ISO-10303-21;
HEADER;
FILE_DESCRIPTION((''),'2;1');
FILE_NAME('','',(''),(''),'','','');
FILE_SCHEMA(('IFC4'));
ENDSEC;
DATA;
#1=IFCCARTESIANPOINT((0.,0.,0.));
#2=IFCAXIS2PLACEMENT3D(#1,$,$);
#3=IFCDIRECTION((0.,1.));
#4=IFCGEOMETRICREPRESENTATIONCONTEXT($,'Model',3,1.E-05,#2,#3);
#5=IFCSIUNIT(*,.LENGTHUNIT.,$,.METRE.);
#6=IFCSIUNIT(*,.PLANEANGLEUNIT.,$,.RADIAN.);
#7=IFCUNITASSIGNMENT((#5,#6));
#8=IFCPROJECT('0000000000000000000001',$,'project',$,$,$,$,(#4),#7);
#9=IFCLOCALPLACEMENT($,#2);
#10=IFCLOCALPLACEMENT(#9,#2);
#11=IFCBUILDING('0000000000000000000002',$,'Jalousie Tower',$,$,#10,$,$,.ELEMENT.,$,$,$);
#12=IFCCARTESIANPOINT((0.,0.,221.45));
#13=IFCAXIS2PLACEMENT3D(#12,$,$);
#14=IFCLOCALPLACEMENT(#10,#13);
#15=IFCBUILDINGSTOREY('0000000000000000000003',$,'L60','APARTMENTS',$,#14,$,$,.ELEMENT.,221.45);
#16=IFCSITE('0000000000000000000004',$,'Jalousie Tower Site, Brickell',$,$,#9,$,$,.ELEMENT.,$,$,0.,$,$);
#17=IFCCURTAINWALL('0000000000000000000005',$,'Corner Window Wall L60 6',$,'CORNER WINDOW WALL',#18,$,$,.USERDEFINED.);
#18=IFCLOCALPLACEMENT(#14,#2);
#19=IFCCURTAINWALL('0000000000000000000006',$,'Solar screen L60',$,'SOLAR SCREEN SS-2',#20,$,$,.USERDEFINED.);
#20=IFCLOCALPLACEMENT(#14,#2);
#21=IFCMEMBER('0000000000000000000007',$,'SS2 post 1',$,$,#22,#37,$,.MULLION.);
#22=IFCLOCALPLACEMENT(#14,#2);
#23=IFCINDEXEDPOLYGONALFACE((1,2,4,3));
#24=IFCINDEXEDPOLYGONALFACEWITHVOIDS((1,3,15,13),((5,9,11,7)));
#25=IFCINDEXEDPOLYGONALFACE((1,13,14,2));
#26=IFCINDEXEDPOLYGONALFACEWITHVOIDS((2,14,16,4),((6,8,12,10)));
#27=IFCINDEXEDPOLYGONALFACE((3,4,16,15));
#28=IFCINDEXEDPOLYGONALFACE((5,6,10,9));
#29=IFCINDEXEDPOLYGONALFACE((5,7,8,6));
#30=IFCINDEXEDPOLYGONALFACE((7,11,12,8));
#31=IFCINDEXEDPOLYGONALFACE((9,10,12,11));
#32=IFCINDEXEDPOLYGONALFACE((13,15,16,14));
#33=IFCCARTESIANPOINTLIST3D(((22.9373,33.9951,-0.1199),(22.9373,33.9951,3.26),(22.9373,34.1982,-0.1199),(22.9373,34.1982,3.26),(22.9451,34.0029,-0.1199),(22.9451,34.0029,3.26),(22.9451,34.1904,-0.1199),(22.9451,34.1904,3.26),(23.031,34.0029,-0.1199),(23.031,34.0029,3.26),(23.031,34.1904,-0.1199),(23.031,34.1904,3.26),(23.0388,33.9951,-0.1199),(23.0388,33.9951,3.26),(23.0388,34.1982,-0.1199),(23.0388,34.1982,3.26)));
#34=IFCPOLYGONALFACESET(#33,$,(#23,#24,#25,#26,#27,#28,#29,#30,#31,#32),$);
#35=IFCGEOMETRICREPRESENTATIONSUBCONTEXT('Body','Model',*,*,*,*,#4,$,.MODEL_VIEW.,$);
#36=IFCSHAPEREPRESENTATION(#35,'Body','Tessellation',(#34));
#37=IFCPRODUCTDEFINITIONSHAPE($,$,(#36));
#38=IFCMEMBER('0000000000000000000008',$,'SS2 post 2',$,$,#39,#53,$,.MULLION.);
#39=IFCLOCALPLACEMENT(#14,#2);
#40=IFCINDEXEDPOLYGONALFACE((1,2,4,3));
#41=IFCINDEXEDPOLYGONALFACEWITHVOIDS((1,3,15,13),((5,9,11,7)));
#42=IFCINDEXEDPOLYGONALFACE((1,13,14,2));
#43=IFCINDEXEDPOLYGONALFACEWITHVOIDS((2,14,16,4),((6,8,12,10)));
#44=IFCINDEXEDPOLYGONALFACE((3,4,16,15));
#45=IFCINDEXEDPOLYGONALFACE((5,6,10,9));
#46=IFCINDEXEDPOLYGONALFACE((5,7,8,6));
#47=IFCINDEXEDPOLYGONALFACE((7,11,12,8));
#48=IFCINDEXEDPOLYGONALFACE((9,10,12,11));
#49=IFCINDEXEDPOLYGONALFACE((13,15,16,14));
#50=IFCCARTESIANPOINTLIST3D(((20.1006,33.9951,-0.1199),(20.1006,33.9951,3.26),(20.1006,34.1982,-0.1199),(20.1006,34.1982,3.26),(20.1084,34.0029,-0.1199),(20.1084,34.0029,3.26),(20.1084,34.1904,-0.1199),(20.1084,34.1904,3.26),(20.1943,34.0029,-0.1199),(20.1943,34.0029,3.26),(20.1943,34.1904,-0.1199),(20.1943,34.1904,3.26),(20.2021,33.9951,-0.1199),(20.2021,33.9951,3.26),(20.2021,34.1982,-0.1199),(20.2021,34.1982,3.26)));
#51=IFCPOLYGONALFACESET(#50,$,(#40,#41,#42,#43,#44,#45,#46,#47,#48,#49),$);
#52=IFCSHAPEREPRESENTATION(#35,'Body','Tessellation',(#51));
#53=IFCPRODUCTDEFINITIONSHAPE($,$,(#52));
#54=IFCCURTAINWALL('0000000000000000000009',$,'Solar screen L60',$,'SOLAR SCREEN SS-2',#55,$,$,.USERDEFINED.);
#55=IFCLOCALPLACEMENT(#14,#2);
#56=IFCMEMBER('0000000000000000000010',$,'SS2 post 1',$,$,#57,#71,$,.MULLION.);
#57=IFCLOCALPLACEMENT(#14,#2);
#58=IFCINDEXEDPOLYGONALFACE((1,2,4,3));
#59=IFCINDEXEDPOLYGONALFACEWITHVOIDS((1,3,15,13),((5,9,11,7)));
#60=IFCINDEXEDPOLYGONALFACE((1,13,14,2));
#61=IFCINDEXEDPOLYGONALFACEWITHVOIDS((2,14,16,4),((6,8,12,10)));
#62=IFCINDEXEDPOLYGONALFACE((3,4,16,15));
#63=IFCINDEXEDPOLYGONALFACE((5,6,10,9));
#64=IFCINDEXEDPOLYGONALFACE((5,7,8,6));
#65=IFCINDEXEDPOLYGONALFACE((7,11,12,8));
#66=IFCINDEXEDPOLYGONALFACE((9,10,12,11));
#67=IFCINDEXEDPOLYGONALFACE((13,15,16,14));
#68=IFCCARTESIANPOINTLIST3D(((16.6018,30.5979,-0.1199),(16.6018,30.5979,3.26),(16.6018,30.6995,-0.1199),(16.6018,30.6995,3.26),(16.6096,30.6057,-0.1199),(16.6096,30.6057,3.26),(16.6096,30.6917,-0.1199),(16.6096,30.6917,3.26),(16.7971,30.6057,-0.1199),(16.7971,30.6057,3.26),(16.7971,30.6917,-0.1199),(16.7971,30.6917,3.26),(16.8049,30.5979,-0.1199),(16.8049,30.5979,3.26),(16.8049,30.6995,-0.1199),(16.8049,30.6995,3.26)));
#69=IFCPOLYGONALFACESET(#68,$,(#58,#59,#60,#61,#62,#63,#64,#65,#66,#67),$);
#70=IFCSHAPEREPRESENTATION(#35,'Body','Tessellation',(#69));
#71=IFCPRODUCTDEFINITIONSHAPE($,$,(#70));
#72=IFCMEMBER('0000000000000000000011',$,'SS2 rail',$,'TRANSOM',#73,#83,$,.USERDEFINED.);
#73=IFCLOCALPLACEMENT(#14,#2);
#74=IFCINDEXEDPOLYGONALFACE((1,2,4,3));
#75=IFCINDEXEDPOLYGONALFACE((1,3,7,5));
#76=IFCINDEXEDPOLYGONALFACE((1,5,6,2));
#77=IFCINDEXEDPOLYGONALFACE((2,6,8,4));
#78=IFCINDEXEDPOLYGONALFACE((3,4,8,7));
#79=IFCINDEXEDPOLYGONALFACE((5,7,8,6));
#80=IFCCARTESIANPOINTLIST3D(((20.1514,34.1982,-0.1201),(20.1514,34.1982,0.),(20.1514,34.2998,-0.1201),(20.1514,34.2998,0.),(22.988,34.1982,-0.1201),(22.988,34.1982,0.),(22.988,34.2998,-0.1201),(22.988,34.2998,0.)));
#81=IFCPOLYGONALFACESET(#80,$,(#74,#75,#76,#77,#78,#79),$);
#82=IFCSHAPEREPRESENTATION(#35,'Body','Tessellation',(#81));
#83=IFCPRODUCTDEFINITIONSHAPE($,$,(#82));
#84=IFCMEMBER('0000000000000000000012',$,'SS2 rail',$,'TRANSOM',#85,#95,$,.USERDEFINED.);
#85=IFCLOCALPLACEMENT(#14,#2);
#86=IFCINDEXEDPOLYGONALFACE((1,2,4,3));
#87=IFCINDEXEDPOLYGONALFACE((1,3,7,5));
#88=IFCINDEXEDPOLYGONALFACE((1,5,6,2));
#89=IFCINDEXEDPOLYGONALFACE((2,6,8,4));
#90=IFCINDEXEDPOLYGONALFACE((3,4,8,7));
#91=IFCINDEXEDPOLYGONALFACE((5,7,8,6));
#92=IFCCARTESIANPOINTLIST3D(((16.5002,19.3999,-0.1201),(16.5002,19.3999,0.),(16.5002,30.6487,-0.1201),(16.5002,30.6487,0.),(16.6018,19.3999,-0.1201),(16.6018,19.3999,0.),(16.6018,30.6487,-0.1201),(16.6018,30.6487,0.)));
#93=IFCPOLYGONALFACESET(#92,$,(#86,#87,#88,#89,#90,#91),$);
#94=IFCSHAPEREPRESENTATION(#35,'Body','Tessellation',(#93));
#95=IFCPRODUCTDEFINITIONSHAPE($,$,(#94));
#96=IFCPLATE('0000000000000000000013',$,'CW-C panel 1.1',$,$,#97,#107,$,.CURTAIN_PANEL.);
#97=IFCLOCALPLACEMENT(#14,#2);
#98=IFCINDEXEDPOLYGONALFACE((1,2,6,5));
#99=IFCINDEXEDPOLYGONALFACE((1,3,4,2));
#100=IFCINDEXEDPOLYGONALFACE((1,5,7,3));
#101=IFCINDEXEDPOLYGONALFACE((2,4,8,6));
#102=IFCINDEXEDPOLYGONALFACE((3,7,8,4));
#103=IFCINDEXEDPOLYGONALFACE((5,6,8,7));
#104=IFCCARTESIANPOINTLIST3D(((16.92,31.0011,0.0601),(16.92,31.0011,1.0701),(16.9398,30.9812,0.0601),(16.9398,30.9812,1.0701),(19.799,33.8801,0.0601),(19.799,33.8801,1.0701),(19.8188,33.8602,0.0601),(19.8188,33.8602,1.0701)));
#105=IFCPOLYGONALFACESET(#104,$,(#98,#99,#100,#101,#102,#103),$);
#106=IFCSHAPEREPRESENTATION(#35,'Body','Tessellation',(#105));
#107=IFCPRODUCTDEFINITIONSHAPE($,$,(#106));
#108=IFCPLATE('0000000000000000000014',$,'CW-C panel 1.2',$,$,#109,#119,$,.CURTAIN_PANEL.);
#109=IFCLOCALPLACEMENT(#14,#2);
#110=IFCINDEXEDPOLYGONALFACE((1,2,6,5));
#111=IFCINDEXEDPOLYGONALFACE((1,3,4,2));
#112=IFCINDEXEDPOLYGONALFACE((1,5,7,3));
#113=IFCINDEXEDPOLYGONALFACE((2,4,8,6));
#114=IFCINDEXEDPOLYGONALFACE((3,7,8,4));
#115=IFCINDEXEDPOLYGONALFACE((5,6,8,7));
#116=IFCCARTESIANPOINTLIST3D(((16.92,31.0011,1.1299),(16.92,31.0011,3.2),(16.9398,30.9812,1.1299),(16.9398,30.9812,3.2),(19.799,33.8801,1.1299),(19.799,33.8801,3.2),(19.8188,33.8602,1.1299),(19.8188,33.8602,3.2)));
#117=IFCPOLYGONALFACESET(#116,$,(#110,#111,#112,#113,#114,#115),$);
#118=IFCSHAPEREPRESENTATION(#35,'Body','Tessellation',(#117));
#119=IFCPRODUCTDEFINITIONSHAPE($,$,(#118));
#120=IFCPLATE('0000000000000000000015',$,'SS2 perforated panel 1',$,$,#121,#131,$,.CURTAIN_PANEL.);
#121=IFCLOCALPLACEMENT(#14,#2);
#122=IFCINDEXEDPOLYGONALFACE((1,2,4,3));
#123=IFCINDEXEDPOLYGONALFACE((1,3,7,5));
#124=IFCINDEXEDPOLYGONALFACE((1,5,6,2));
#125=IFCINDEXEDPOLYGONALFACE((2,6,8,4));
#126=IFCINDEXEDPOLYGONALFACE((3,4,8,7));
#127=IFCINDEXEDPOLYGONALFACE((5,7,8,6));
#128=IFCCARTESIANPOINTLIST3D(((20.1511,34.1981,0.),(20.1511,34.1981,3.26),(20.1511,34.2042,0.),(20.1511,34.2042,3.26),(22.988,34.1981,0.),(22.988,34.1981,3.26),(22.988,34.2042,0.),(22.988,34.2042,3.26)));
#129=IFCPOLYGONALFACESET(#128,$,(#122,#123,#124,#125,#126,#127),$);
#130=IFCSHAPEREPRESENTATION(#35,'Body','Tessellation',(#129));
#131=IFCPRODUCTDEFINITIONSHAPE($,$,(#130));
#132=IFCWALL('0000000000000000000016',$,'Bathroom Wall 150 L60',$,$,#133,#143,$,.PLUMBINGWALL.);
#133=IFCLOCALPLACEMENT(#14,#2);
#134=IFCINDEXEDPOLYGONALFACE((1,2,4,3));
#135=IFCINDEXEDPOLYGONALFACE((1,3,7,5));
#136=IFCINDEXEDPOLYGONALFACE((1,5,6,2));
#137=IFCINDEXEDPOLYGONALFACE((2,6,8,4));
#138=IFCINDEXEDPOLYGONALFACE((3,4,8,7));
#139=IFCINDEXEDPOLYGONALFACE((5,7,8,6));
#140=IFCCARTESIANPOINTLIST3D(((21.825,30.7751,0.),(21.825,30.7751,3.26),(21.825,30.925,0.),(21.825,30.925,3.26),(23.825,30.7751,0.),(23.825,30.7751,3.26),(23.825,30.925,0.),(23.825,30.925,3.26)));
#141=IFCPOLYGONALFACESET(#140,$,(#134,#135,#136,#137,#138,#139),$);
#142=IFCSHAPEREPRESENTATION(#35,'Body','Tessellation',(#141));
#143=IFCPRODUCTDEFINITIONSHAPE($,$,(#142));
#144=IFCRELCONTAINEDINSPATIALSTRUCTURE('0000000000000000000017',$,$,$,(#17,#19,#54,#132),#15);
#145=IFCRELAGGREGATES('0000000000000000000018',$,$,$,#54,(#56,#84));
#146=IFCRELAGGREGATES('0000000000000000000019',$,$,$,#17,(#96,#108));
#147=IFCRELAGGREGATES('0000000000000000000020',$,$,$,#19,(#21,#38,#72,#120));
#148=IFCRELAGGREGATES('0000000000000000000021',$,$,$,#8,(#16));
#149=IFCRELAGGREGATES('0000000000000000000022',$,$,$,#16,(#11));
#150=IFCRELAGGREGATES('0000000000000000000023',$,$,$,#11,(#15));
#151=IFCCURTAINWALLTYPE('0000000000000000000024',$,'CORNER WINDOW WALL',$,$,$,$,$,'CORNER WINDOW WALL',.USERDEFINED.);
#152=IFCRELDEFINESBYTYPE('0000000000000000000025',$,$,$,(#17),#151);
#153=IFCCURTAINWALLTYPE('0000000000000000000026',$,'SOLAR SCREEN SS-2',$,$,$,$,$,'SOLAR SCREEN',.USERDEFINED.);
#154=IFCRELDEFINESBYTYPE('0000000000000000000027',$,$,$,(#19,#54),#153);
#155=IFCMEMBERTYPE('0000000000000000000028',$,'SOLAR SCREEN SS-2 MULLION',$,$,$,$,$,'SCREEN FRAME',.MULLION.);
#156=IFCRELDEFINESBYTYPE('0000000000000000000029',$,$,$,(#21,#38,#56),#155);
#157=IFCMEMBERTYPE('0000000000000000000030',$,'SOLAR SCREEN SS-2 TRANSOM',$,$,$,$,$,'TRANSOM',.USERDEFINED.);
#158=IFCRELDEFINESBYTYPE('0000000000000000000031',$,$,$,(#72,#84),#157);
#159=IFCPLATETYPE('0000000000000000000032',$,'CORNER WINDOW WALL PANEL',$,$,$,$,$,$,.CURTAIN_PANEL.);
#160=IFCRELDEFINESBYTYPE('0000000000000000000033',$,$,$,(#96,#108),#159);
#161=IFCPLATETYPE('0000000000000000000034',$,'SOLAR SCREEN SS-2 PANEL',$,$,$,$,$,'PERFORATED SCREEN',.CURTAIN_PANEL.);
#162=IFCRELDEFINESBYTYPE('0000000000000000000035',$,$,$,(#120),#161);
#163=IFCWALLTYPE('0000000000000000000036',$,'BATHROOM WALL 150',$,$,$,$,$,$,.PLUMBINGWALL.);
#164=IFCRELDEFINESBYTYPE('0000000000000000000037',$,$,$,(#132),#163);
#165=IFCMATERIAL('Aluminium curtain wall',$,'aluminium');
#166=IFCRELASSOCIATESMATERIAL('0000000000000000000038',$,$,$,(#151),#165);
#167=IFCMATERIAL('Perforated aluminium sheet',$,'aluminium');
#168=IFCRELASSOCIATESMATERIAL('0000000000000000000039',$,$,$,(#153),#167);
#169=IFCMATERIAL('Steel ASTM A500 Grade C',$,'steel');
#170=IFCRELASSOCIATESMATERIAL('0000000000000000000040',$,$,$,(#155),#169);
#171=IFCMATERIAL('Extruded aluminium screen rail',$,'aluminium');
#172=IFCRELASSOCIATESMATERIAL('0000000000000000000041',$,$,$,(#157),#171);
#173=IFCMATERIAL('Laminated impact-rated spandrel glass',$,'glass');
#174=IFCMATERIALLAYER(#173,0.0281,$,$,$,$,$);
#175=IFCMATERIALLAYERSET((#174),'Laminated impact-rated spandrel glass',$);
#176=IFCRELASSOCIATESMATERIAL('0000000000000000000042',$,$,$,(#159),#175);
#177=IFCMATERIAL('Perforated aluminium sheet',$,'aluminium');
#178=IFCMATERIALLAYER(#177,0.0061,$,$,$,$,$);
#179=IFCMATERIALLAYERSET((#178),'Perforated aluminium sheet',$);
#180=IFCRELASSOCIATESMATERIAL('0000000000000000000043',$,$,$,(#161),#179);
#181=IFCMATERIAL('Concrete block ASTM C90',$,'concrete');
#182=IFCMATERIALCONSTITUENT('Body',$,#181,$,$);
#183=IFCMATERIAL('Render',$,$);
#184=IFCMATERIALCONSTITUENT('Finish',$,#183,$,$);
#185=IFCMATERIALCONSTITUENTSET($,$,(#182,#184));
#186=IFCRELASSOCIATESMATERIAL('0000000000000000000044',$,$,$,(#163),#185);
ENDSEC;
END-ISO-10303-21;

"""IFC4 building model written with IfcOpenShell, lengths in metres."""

from ifc_helpers import new_model, si_unit, direction, frame, frame_2d, origin, origin_2d, place, context, subcontext, project, spatial, rectangle, hollow_rectangle, extrude, material, layer, layer_set, constituent, constituent_set, material_profile, profile_set, type_object, element, aggregate, save


model = new_model("IFC4")

# Units and contexts
model_context = context("Model", 3, precision=1e-05, world=origin(), true_north=direction((0.0, 1.0)))
body_context = subcontext(model_context, "Body", "Model", "MODEL_VIEW")
ifc_project = project(units=[si_unit("LENGTHUNIT", "METRE"), si_unit("PLANEANGLEUNIT", "RADIAN")], contexts=[model_context])

# Site, building, storey
site_placement = place(None, origin())
site = spatial("IfcSite", under=ifc_project, at=site_placement, Name="Jalousie Tower Site, Brickell", CompositionType="ELEMENT", RefElevation=0.0)
building_placement = place(site_placement, origin())
building = spatial("IfcBuilding", under=site, at=building_placement, Name="Jalousie Tower", CompositionType="ELEMENT")
storey_placement = place(building_placement, frame((0.0, 0.0, 221.45)))
storey = spatial("IfcBuildingStorey", under=building, at=storey_placement, Name="L60", Description="APARTMENTS", CompositionType="ELEMENT", Elevation=221.45)

# Curtain wall
ifc_material_1 = material(Name="Aluminium curtain wall", Category="aluminium")
curtain_wall_type_1 = type_object("IfcCurtainWallType", Name="CORNER WINDOW WALL", ElementType="CORNER WINDOW WALL", PredefinedType="USERDEFINED", material=ifc_material_1)
curtain_wall_1_placement = place(storey_placement, origin())
curtain_wall_1 = element("IfcCurtainWall", 1, at=curtain_wall_1_placement, inside=storey, type_object=curtain_wall_type_1, Name="Corner Window Wall L60 6", ObjectType="CORNER WINDOW WALL", PredefinedType="USERDEFINED")

# Curtain wall, members
ifc_material_2 = material(Name="Perforated aluminium sheet", Category="aluminium")
curtain_wall_type_2 = type_object("IfcCurtainWallType", Name="SOLAR SCREEN SS-2", ElementType="SOLAR SCREEN", PredefinedType="USERDEFINED", material=ifc_material_2)
curtain_wall_2_placement = place(storey_placement, origin())
curtain_wall_2 = element("IfcCurtainWall", 2, at=curtain_wall_2_placement, inside=storey, type_object=curtain_wall_type_2, Name="Solar screen L60", ObjectType="SOLAR SCREEN SS-2", PredefinedType="USERDEFINED")
ifc_material_3 = material(Name="Steel ASTM A500 Grade C", Category="steel")
ifc_material_profile_1 = material_profile(ifc_material_3, hollow_rectangle(XDim=0.1016, YDim=0.2031, WallThickness=0.0078, at=origin_2d()), Name="HSS8X4X5/16")
ifc_profile_set_1 = profile_set([ifc_material_profile_1], Name="Steel ASTM A500 Grade C")
member_type_1 = type_object("IfcMemberType", Name="SOLAR SCREEN SS-2 MULLION", ElementType="SCREEN FRAME", PredefinedType="MULLION", material=ifc_profile_set_1)
member_1_placement = place(storey_placement, frame((22.988, 34.0967, -0.1199), z_axis=(0.0, 0.0, 1.0), x_axis=(-1.0, 0.0, 0.0)))
member_1 = element("IfcMember", 3, at=member_1_placement, type_object=member_type_1, Name="SS2 post 1", PredefinedType="MULLION", context=body_context, shape_type="SweptSolid", body=[
    extrude(hollow_rectangle(XDim=0.1016, YDim=0.2031, WallThickness=0.0078, at=origin_2d()), origin(), (0.0, 0.0, 1.0), 3.3799),
])
member_2_placement = place(storey_placement, frame((20.1514, 34.0967, -0.1199), z_axis=(0.0, 0.0, 1.0), x_axis=(-1.0, 0.0, 0.0)))
member_2 = element("IfcMember", 4, at=member_2_placement, type_object=member_type_1, Name="SS2 post 2", PredefinedType="MULLION", context=body_context, shape_type="SweptSolid", body=[
    extrude(hollow_rectangle(XDim=0.1016, YDim=0.2031, WallThickness=0.0078, at=origin_2d()), origin(), (0.0, 0.0, 1.0), 3.3799),
])

# Curtain wall, member
curtain_wall_3_placement = place(storey_placement, origin())
curtain_wall_3 = element("IfcCurtainWall", 5, at=curtain_wall_3_placement, inside=storey, type_object=curtain_wall_type_2, Name="Solar screen L60", ObjectType="SOLAR SCREEN SS-2", PredefinedType="USERDEFINED")
member_3_placement = place(storey_placement, frame((16.7034, 30.6487, -0.1199), z_axis=(0.0, 0.0, 1.0), x_axis=(0.0, -1.0, 0.0)))
member_3 = element("IfcMember", 6, at=member_3_placement, type_object=member_type_1, Name="SS2 post 1", PredefinedType="MULLION", context=body_context, shape_type="SweptSolid", body=[
    extrude(hollow_rectangle(XDim=0.1016, YDim=0.2031, WallThickness=0.0078, at=origin_2d()), origin(), (0.0, 0.0, 1.0), 3.3799),
])

# Members
ifc_material_4 = material(Name="Extruded aluminium screen rail", Category="aluminium")
ifc_material_profile_2 = material_profile(ifc_material_4, rectangle(XDim=0.1016, YDim=0.1201, at=origin_2d()), Name="RAIL 102x120")
ifc_profile_set_2 = profile_set([ifc_material_profile_2], Name="Extruded aluminium screen rail")
member_type_2 = type_object("IfcMemberType", Name="SOLAR SCREEN SS-2 TRANSOM", ElementType="TRANSOM", PredefinedType="USERDEFINED", material=ifc_profile_set_2)
member_4_placement = place(storey_placement, frame((22.988, 34.249, -0.0601), z_axis=(-1.0, 0.0, 0.0), x_axis=(0.0, -1.0, 0.0)))
member_4 = element("IfcMember", 7, at=member_4_placement, type_object=member_type_2, Name="SS2 rail", ObjectType="TRANSOM", PredefinedType="USERDEFINED", context=body_context, shape_type="SweptSolid", body=[
    extrude(rectangle(XDim=0.1016, YDim=0.1201, at=origin_2d()), origin(), (0.0, 0.0, 1.0), 2.8367),
])
member_5_placement = place(storey_placement, frame((16.551, 30.6487, -0.0601), z_axis=(0.0, -1.0, 0.0), x_axis=(1.0, 0.0, 0.0)))
member_5 = element("IfcMember", 8, at=member_5_placement, type_object=member_type_2, Name="SS2 rail", ObjectType="TRANSOM", PredefinedType="USERDEFINED", context=body_context, shape_type="SweptSolid", body=[
    extrude(rectangle(XDim=0.1016, YDim=0.1201, at=origin_2d()), origin(), (0.0, 0.0, 1.0), 11.2488),
])
aggregate(curtain_wall_3, [member_3, member_5])

# Plates
ifc_material_5 = material(Name="Laminated impact-rated spandrel glass", Category="glass")
ifc_layer_1 = layer(ifc_material_5, 0.0281)
ifc_layer_set_1 = layer_set([ifc_layer_1], Name="Laminated impact-rated spandrel glass")
plate_type_1 = type_object("IfcPlateType", Name="CORNER WINDOW WALL PANEL", PredefinedType="CURTAIN_PANEL", material=ifc_layer_set_1)
plate_1_placement = place(storey_placement, frame((18.3694, 32.4307, 0.0601), z_axis=(0.0, 0.0, 1.0), x_axis=(-0.707107, -0.707107, 0.0)))
plate_1 = element("IfcPlate", 9, at=plate_1_placement, type_object=plate_type_1, Name="CW-C panel 1.1", PredefinedType="CURTAIN_PANEL", context=body_context, shape_type="SweptSolid", body=[
    extrude(rectangle(XDim=4.0715, YDim=0.0281, at=origin_2d()), origin(), (0.0, 0.0, 1.0), 1.01),
])
plate_2_placement = place(storey_placement, frame((18.3694, 32.4307, 1.1299), z_axis=(0.0, 0.0, 1.0), x_axis=(-0.707107, -0.707107, 0.0)))
plate_2 = element("IfcPlate", 10, at=plate_2_placement, type_object=plate_type_1, Name="CW-C panel 1.2", PredefinedType="CURTAIN_PANEL", context=body_context, shape_type="SweptSolid", body=[
    extrude(rectangle(XDim=4.0715, YDim=0.0281, at=origin_2d()), origin(), (0.0, 0.0, 1.0), 2.0701),
])
aggregate(curtain_wall_1, [plate_1, plate_2])
ifc_material_6 = material(Name="Perforated aluminium sheet", Category="aluminium")
ifc_layer_2 = layer(ifc_material_6, 0.0061)
ifc_layer_set_2 = layer_set([ifc_layer_2], Name="Perforated aluminium sheet")
plate_type_2 = type_object("IfcPlateType", Name="SOLAR SCREEN SS-2 PANEL", ElementType="PERFORATED SCREEN", PredefinedType="CURTAIN_PANEL", material=ifc_layer_set_2)
plate_3_placement = place(storey_placement, frame((21.5696, 34.2012, 0.0), z_axis=(0.0, 0.0, 1.0), x_axis=(-1.0, 0.0, 0.0)))
plate_3 = element("IfcPlate", 11, at=plate_3_placement, type_object=plate_type_2, Name="SS2 perforated panel 1", PredefinedType="CURTAIN_PANEL", context=body_context, shape_type="SweptSolid", body=[
    extrude(rectangle(XDim=2.8369, YDim=0.0061, at=origin_2d()), origin(), (0.0, 0.0, 1.0), 3.26),
])
aggregate(curtain_wall_2, [member_1, member_2, member_4, plate_3])

# Wall
ifc_material_7 = material(Name="Concrete block ASTM C90", Category="concrete")
ifc_constituent_1 = constituent(ifc_material_7, Name="Body")
ifc_material_8 = material(Name="Render")
ifc_constituent_2 = constituent(ifc_material_8, Name="Finish")
ifc_constituent_set_1 = constituent_set(constituents=[ifc_constituent_1, ifc_constituent_2])
wall_type_1 = type_object("IfcWallType", Name="BATHROOM WALL 150", PredefinedType="PLUMBINGWALL", material=ifc_constituent_set_1)
wall_1_placement = place(storey_placement, frame((21.825, 30.8501, 0.0), z_axis=(0.0, 0.0, 1.0), x_axis=(1.0, 0.0, 0.0)))
element("IfcWall", 12, at=wall_1_placement, inside=storey, type_object=wall_type_1, Name="Bathroom Wall 150 L60", PredefinedType="PLUMBINGWALL", context=body_context, shape_type="SweptSolid", body=[
    extrude(rectangle(XDim=2.0, YDim=0.1499, at=frame_2d((1.0, 0.0))), origin(), (0.0, 0.0, 1.0), 3.26),
])

save(model, "model.ifc")
